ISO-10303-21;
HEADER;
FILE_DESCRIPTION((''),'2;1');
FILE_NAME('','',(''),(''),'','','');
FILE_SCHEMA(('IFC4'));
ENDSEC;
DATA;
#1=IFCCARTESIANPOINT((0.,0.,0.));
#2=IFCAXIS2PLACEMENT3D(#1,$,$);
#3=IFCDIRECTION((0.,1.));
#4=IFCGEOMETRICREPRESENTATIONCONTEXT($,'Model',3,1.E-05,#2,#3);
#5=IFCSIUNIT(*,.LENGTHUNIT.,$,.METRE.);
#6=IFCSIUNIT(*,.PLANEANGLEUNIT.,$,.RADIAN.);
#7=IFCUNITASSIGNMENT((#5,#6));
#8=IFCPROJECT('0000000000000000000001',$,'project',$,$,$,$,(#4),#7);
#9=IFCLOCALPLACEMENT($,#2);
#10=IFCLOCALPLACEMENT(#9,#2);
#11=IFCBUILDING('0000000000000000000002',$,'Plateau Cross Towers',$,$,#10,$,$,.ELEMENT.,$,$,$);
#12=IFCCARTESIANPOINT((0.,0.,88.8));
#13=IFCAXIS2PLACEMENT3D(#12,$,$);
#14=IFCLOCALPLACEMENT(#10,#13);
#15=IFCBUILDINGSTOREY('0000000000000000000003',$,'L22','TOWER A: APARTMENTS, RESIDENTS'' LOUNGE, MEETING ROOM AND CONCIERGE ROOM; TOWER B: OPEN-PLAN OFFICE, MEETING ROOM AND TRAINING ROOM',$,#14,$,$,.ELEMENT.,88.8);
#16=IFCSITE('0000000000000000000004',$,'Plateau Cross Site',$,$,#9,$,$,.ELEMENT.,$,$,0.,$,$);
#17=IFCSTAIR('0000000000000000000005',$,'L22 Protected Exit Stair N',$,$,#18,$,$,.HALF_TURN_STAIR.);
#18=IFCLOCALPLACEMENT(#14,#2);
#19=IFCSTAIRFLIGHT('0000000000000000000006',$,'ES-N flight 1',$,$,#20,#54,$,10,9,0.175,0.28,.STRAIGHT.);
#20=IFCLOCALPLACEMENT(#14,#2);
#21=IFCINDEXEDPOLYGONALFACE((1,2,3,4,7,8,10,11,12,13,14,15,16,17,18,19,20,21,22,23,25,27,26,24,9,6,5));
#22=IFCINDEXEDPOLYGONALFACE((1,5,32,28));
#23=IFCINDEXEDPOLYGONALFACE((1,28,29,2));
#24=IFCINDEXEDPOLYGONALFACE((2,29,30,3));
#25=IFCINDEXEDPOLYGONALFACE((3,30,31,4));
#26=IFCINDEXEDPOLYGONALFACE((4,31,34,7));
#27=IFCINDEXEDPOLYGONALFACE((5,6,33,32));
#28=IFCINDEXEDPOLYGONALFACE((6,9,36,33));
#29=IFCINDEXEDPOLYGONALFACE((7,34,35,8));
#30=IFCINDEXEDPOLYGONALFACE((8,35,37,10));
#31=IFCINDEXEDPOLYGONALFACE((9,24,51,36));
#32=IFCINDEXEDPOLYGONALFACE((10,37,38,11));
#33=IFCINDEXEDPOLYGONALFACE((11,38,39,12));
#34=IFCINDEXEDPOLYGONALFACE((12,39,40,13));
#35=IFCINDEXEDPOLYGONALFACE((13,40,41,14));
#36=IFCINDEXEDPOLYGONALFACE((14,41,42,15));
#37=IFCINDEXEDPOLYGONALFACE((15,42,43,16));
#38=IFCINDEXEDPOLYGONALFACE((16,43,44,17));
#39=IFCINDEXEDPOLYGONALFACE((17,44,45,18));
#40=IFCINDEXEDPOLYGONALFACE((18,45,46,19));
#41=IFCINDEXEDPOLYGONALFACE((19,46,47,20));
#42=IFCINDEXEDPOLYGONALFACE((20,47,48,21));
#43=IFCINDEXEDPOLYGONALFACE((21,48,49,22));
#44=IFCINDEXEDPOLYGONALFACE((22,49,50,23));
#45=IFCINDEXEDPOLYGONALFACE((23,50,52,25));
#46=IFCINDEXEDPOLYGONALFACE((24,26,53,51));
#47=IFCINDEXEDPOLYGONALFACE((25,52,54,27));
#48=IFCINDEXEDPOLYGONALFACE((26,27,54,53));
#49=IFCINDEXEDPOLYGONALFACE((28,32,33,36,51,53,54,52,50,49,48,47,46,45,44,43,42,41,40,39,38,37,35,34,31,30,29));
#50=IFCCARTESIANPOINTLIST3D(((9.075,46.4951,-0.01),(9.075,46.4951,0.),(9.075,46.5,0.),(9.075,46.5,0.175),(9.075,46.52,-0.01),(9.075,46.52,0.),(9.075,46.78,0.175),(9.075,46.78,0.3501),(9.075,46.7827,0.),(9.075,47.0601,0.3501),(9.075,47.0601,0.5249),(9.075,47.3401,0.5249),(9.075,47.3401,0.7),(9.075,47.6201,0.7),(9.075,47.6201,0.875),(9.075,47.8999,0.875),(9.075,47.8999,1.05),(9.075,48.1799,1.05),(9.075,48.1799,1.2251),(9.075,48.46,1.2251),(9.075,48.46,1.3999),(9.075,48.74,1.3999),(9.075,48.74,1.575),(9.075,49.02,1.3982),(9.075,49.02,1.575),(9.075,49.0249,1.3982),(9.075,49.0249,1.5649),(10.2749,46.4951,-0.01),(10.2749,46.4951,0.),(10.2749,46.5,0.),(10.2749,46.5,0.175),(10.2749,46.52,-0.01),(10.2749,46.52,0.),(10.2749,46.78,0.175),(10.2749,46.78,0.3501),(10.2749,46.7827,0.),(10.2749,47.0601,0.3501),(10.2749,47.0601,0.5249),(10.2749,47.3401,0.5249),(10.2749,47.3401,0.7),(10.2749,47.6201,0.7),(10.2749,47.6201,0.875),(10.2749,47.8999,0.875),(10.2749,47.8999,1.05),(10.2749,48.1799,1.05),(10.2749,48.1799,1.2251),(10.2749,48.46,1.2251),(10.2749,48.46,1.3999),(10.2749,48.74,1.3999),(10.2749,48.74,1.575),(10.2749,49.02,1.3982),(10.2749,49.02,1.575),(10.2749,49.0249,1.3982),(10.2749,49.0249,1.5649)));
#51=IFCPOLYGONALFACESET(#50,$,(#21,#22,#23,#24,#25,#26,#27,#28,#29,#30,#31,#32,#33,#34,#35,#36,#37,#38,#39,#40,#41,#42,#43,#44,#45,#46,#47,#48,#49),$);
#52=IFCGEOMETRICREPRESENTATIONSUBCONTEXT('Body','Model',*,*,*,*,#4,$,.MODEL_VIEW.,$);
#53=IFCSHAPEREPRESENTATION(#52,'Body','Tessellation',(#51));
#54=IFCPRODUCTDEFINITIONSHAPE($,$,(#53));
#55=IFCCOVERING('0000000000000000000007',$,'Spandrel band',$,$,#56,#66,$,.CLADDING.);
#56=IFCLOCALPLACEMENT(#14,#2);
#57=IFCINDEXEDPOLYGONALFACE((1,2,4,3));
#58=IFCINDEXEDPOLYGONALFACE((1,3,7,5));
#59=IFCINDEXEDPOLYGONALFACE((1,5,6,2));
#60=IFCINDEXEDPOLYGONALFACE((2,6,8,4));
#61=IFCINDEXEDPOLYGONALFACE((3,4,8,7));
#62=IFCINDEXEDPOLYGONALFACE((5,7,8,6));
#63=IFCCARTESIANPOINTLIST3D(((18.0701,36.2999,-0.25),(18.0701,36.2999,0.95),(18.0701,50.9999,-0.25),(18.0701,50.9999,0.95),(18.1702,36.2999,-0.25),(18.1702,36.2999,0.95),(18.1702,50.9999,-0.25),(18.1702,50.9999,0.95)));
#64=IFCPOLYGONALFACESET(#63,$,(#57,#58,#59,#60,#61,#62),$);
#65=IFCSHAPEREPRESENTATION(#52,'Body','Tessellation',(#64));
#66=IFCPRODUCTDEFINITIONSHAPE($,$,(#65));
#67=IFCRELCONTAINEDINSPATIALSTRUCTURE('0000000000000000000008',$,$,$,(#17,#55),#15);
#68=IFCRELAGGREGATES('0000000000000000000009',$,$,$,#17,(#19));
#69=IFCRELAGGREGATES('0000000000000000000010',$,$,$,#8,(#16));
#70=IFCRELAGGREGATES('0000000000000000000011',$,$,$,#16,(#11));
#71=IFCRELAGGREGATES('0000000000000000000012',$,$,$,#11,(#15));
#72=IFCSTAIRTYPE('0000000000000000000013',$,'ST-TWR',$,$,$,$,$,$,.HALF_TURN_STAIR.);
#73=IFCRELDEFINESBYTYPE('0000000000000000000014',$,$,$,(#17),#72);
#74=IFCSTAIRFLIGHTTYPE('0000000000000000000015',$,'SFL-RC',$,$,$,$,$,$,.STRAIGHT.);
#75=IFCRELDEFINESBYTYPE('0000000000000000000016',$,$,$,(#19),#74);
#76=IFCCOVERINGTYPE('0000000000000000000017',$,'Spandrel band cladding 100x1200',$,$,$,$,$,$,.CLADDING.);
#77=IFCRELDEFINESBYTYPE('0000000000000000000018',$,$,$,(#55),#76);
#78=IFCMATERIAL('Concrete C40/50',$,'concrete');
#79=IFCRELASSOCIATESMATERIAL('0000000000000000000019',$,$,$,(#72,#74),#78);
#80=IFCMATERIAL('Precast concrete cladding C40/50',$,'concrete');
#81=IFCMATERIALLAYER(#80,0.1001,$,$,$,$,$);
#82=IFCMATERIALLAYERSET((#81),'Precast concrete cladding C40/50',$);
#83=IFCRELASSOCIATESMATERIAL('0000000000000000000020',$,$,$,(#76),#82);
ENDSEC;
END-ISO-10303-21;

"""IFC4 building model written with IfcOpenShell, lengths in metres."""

from ifc_helpers import new_model, si_unit, direction, frame, origin, origin_2d, place, context, subcontext, project, spatial, polyline, rectangle, outline, extrude, material, layer, layer_set, type_object, element, aggregate, save


model = new_model("IFC4")

# Units and contexts
model_context = context("Model", 3, precision=1e-05, world=origin(), true_north=direction((0.0, 1.0)))
body_context = subcontext(model_context, "Body", "Model", "MODEL_VIEW")
ifc_project = project(units=[si_unit("LENGTHUNIT", "METRE"), si_unit("PLANEANGLEUNIT", "RADIAN")], contexts=[model_context])

# Site, building, storey
site_placement = place(None, origin())
site = spatial("IfcSite", under=ifc_project, at=site_placement, Name="Plateau Cross Site", CompositionType="ELEMENT", RefElevation=0.0)
building_placement = place(site_placement, origin())
building = spatial("IfcBuilding", under=site, at=building_placement, Name="Plateau Cross Towers", CompositionType="ELEMENT")
storey_placement = place(building_placement, frame((0.0, 0.0, 88.8)))
storey = spatial("IfcBuildingStorey", under=building, at=storey_placement, Name="L22", Description="TOWER A: APARTMENTS, RESIDENTS' LOUNGE, MEETING ROOM AND CONCIERGE ROOM; TOWER B: OPEN-PLAN OFFICE, MEETING ROOM AND TRAINING ROOM", CompositionType="ELEMENT", Elevation=88.8)

# Stair, stair flight
ifc_material_1 = material(Name="Concrete C40/50", Category="concrete")
stair_type = type_object("IfcStairType", Name="ST-TWR", PredefinedType="HALF_TURN_STAIR", material=ifc_material_1)
stair_placement = place(storey_placement, origin())
stair = element("IfcStair", 1, at=stair_placement, inside=storey, type_object=stair_type, Name="L22 Protected Exit Stair N", PredefinedType="HALF_TURN_STAIR")
stair_flight_type = type_object("IfcStairFlightType", Name="SFL-RC", PredefinedType="STRAIGHT", material=ifc_material_1)
stair_flight_placement = place(storey_placement, frame((9.675, 46.5, 0.0), z_axis=(0.0, 0.0, 1.0), x_axis=(0.0, 1.0, 0.0)))
stair_flight = element("IfcStairFlight", 2, at=stair_flight_placement, type_object=stair_flight_type, Name="ES-N flight 1", NumberOfRisers=10, NumberOfTreads=9, PredefinedType="STRAIGHT", RiserHeight=0.175, TreadLength=0.28, context=body_context, shape_type="SweptSolid", body=[
    extrude(outline(polyline([(-0.0049, -0.01), (-0.0049, 0.0), (0.0, 0.0), (0.0, 0.175), (0.28, 0.175), (0.28, 0.3501), (0.5601, 0.3501), (0.5601, 0.5249), (0.8401, 0.5249), (0.8401, 0.7), (1.1201, 0.7), (1.1201, 0.875), (1.3999, 0.875), (1.3999, 1.05), (1.6799, 1.05), (1.6799, 1.2251), (1.96, 1.2251), (1.96, 1.3999), (2.24, 1.3999), (2.24, 1.575), (2.52, 1.575), (2.5249, 1.5649), (2.5249, 1.3982), (2.52, 1.3982), (0.2827, 0.0), (0.02, 0.0), (0.02, -0.01), (-0.0049, -0.01)])), frame((0.0, 0.6001, 0.0), z_axis=(0.0, -1.0, 0.0), x_axis=(1.0, 0.0, 0.0)), (0.0, 0.0, 1.0), 1.2),
])
aggregate(stair, [stair_flight])

# Covering
ifc_material_2 = material(Name="Precast concrete cladding C40/50", Category="concrete")
ifc_layer_1 = layer(ifc_material_2, 0.1001)
ifc_layer_set_1 = layer_set([ifc_layer_1], Name="Precast concrete cladding C40/50")
covering_type = type_object("IfcCoveringType", Name="Spandrel band cladding 100x1200", PredefinedType="CLADDING", material=ifc_layer_set_1)
covering_placement = place(storey_placement, frame((18.1201, 43.6499, -0.25), z_axis=(0.0, 0.0, 1.0), x_axis=(0.0, 1.0, 0.0)))
element("IfcCovering", 3, at=covering_placement, inside=storey, type_object=covering_type, Name="Spandrel band", PredefinedType="CLADDING", context=body_context, shape_type="SweptSolid", body=[
    extrude(rectangle(XDim=14.7, YDim=0.1001, at=origin_2d()), origin(), (0.0, 0.0, 1.0), 1.2),
])

save(model, "model.ifc")
